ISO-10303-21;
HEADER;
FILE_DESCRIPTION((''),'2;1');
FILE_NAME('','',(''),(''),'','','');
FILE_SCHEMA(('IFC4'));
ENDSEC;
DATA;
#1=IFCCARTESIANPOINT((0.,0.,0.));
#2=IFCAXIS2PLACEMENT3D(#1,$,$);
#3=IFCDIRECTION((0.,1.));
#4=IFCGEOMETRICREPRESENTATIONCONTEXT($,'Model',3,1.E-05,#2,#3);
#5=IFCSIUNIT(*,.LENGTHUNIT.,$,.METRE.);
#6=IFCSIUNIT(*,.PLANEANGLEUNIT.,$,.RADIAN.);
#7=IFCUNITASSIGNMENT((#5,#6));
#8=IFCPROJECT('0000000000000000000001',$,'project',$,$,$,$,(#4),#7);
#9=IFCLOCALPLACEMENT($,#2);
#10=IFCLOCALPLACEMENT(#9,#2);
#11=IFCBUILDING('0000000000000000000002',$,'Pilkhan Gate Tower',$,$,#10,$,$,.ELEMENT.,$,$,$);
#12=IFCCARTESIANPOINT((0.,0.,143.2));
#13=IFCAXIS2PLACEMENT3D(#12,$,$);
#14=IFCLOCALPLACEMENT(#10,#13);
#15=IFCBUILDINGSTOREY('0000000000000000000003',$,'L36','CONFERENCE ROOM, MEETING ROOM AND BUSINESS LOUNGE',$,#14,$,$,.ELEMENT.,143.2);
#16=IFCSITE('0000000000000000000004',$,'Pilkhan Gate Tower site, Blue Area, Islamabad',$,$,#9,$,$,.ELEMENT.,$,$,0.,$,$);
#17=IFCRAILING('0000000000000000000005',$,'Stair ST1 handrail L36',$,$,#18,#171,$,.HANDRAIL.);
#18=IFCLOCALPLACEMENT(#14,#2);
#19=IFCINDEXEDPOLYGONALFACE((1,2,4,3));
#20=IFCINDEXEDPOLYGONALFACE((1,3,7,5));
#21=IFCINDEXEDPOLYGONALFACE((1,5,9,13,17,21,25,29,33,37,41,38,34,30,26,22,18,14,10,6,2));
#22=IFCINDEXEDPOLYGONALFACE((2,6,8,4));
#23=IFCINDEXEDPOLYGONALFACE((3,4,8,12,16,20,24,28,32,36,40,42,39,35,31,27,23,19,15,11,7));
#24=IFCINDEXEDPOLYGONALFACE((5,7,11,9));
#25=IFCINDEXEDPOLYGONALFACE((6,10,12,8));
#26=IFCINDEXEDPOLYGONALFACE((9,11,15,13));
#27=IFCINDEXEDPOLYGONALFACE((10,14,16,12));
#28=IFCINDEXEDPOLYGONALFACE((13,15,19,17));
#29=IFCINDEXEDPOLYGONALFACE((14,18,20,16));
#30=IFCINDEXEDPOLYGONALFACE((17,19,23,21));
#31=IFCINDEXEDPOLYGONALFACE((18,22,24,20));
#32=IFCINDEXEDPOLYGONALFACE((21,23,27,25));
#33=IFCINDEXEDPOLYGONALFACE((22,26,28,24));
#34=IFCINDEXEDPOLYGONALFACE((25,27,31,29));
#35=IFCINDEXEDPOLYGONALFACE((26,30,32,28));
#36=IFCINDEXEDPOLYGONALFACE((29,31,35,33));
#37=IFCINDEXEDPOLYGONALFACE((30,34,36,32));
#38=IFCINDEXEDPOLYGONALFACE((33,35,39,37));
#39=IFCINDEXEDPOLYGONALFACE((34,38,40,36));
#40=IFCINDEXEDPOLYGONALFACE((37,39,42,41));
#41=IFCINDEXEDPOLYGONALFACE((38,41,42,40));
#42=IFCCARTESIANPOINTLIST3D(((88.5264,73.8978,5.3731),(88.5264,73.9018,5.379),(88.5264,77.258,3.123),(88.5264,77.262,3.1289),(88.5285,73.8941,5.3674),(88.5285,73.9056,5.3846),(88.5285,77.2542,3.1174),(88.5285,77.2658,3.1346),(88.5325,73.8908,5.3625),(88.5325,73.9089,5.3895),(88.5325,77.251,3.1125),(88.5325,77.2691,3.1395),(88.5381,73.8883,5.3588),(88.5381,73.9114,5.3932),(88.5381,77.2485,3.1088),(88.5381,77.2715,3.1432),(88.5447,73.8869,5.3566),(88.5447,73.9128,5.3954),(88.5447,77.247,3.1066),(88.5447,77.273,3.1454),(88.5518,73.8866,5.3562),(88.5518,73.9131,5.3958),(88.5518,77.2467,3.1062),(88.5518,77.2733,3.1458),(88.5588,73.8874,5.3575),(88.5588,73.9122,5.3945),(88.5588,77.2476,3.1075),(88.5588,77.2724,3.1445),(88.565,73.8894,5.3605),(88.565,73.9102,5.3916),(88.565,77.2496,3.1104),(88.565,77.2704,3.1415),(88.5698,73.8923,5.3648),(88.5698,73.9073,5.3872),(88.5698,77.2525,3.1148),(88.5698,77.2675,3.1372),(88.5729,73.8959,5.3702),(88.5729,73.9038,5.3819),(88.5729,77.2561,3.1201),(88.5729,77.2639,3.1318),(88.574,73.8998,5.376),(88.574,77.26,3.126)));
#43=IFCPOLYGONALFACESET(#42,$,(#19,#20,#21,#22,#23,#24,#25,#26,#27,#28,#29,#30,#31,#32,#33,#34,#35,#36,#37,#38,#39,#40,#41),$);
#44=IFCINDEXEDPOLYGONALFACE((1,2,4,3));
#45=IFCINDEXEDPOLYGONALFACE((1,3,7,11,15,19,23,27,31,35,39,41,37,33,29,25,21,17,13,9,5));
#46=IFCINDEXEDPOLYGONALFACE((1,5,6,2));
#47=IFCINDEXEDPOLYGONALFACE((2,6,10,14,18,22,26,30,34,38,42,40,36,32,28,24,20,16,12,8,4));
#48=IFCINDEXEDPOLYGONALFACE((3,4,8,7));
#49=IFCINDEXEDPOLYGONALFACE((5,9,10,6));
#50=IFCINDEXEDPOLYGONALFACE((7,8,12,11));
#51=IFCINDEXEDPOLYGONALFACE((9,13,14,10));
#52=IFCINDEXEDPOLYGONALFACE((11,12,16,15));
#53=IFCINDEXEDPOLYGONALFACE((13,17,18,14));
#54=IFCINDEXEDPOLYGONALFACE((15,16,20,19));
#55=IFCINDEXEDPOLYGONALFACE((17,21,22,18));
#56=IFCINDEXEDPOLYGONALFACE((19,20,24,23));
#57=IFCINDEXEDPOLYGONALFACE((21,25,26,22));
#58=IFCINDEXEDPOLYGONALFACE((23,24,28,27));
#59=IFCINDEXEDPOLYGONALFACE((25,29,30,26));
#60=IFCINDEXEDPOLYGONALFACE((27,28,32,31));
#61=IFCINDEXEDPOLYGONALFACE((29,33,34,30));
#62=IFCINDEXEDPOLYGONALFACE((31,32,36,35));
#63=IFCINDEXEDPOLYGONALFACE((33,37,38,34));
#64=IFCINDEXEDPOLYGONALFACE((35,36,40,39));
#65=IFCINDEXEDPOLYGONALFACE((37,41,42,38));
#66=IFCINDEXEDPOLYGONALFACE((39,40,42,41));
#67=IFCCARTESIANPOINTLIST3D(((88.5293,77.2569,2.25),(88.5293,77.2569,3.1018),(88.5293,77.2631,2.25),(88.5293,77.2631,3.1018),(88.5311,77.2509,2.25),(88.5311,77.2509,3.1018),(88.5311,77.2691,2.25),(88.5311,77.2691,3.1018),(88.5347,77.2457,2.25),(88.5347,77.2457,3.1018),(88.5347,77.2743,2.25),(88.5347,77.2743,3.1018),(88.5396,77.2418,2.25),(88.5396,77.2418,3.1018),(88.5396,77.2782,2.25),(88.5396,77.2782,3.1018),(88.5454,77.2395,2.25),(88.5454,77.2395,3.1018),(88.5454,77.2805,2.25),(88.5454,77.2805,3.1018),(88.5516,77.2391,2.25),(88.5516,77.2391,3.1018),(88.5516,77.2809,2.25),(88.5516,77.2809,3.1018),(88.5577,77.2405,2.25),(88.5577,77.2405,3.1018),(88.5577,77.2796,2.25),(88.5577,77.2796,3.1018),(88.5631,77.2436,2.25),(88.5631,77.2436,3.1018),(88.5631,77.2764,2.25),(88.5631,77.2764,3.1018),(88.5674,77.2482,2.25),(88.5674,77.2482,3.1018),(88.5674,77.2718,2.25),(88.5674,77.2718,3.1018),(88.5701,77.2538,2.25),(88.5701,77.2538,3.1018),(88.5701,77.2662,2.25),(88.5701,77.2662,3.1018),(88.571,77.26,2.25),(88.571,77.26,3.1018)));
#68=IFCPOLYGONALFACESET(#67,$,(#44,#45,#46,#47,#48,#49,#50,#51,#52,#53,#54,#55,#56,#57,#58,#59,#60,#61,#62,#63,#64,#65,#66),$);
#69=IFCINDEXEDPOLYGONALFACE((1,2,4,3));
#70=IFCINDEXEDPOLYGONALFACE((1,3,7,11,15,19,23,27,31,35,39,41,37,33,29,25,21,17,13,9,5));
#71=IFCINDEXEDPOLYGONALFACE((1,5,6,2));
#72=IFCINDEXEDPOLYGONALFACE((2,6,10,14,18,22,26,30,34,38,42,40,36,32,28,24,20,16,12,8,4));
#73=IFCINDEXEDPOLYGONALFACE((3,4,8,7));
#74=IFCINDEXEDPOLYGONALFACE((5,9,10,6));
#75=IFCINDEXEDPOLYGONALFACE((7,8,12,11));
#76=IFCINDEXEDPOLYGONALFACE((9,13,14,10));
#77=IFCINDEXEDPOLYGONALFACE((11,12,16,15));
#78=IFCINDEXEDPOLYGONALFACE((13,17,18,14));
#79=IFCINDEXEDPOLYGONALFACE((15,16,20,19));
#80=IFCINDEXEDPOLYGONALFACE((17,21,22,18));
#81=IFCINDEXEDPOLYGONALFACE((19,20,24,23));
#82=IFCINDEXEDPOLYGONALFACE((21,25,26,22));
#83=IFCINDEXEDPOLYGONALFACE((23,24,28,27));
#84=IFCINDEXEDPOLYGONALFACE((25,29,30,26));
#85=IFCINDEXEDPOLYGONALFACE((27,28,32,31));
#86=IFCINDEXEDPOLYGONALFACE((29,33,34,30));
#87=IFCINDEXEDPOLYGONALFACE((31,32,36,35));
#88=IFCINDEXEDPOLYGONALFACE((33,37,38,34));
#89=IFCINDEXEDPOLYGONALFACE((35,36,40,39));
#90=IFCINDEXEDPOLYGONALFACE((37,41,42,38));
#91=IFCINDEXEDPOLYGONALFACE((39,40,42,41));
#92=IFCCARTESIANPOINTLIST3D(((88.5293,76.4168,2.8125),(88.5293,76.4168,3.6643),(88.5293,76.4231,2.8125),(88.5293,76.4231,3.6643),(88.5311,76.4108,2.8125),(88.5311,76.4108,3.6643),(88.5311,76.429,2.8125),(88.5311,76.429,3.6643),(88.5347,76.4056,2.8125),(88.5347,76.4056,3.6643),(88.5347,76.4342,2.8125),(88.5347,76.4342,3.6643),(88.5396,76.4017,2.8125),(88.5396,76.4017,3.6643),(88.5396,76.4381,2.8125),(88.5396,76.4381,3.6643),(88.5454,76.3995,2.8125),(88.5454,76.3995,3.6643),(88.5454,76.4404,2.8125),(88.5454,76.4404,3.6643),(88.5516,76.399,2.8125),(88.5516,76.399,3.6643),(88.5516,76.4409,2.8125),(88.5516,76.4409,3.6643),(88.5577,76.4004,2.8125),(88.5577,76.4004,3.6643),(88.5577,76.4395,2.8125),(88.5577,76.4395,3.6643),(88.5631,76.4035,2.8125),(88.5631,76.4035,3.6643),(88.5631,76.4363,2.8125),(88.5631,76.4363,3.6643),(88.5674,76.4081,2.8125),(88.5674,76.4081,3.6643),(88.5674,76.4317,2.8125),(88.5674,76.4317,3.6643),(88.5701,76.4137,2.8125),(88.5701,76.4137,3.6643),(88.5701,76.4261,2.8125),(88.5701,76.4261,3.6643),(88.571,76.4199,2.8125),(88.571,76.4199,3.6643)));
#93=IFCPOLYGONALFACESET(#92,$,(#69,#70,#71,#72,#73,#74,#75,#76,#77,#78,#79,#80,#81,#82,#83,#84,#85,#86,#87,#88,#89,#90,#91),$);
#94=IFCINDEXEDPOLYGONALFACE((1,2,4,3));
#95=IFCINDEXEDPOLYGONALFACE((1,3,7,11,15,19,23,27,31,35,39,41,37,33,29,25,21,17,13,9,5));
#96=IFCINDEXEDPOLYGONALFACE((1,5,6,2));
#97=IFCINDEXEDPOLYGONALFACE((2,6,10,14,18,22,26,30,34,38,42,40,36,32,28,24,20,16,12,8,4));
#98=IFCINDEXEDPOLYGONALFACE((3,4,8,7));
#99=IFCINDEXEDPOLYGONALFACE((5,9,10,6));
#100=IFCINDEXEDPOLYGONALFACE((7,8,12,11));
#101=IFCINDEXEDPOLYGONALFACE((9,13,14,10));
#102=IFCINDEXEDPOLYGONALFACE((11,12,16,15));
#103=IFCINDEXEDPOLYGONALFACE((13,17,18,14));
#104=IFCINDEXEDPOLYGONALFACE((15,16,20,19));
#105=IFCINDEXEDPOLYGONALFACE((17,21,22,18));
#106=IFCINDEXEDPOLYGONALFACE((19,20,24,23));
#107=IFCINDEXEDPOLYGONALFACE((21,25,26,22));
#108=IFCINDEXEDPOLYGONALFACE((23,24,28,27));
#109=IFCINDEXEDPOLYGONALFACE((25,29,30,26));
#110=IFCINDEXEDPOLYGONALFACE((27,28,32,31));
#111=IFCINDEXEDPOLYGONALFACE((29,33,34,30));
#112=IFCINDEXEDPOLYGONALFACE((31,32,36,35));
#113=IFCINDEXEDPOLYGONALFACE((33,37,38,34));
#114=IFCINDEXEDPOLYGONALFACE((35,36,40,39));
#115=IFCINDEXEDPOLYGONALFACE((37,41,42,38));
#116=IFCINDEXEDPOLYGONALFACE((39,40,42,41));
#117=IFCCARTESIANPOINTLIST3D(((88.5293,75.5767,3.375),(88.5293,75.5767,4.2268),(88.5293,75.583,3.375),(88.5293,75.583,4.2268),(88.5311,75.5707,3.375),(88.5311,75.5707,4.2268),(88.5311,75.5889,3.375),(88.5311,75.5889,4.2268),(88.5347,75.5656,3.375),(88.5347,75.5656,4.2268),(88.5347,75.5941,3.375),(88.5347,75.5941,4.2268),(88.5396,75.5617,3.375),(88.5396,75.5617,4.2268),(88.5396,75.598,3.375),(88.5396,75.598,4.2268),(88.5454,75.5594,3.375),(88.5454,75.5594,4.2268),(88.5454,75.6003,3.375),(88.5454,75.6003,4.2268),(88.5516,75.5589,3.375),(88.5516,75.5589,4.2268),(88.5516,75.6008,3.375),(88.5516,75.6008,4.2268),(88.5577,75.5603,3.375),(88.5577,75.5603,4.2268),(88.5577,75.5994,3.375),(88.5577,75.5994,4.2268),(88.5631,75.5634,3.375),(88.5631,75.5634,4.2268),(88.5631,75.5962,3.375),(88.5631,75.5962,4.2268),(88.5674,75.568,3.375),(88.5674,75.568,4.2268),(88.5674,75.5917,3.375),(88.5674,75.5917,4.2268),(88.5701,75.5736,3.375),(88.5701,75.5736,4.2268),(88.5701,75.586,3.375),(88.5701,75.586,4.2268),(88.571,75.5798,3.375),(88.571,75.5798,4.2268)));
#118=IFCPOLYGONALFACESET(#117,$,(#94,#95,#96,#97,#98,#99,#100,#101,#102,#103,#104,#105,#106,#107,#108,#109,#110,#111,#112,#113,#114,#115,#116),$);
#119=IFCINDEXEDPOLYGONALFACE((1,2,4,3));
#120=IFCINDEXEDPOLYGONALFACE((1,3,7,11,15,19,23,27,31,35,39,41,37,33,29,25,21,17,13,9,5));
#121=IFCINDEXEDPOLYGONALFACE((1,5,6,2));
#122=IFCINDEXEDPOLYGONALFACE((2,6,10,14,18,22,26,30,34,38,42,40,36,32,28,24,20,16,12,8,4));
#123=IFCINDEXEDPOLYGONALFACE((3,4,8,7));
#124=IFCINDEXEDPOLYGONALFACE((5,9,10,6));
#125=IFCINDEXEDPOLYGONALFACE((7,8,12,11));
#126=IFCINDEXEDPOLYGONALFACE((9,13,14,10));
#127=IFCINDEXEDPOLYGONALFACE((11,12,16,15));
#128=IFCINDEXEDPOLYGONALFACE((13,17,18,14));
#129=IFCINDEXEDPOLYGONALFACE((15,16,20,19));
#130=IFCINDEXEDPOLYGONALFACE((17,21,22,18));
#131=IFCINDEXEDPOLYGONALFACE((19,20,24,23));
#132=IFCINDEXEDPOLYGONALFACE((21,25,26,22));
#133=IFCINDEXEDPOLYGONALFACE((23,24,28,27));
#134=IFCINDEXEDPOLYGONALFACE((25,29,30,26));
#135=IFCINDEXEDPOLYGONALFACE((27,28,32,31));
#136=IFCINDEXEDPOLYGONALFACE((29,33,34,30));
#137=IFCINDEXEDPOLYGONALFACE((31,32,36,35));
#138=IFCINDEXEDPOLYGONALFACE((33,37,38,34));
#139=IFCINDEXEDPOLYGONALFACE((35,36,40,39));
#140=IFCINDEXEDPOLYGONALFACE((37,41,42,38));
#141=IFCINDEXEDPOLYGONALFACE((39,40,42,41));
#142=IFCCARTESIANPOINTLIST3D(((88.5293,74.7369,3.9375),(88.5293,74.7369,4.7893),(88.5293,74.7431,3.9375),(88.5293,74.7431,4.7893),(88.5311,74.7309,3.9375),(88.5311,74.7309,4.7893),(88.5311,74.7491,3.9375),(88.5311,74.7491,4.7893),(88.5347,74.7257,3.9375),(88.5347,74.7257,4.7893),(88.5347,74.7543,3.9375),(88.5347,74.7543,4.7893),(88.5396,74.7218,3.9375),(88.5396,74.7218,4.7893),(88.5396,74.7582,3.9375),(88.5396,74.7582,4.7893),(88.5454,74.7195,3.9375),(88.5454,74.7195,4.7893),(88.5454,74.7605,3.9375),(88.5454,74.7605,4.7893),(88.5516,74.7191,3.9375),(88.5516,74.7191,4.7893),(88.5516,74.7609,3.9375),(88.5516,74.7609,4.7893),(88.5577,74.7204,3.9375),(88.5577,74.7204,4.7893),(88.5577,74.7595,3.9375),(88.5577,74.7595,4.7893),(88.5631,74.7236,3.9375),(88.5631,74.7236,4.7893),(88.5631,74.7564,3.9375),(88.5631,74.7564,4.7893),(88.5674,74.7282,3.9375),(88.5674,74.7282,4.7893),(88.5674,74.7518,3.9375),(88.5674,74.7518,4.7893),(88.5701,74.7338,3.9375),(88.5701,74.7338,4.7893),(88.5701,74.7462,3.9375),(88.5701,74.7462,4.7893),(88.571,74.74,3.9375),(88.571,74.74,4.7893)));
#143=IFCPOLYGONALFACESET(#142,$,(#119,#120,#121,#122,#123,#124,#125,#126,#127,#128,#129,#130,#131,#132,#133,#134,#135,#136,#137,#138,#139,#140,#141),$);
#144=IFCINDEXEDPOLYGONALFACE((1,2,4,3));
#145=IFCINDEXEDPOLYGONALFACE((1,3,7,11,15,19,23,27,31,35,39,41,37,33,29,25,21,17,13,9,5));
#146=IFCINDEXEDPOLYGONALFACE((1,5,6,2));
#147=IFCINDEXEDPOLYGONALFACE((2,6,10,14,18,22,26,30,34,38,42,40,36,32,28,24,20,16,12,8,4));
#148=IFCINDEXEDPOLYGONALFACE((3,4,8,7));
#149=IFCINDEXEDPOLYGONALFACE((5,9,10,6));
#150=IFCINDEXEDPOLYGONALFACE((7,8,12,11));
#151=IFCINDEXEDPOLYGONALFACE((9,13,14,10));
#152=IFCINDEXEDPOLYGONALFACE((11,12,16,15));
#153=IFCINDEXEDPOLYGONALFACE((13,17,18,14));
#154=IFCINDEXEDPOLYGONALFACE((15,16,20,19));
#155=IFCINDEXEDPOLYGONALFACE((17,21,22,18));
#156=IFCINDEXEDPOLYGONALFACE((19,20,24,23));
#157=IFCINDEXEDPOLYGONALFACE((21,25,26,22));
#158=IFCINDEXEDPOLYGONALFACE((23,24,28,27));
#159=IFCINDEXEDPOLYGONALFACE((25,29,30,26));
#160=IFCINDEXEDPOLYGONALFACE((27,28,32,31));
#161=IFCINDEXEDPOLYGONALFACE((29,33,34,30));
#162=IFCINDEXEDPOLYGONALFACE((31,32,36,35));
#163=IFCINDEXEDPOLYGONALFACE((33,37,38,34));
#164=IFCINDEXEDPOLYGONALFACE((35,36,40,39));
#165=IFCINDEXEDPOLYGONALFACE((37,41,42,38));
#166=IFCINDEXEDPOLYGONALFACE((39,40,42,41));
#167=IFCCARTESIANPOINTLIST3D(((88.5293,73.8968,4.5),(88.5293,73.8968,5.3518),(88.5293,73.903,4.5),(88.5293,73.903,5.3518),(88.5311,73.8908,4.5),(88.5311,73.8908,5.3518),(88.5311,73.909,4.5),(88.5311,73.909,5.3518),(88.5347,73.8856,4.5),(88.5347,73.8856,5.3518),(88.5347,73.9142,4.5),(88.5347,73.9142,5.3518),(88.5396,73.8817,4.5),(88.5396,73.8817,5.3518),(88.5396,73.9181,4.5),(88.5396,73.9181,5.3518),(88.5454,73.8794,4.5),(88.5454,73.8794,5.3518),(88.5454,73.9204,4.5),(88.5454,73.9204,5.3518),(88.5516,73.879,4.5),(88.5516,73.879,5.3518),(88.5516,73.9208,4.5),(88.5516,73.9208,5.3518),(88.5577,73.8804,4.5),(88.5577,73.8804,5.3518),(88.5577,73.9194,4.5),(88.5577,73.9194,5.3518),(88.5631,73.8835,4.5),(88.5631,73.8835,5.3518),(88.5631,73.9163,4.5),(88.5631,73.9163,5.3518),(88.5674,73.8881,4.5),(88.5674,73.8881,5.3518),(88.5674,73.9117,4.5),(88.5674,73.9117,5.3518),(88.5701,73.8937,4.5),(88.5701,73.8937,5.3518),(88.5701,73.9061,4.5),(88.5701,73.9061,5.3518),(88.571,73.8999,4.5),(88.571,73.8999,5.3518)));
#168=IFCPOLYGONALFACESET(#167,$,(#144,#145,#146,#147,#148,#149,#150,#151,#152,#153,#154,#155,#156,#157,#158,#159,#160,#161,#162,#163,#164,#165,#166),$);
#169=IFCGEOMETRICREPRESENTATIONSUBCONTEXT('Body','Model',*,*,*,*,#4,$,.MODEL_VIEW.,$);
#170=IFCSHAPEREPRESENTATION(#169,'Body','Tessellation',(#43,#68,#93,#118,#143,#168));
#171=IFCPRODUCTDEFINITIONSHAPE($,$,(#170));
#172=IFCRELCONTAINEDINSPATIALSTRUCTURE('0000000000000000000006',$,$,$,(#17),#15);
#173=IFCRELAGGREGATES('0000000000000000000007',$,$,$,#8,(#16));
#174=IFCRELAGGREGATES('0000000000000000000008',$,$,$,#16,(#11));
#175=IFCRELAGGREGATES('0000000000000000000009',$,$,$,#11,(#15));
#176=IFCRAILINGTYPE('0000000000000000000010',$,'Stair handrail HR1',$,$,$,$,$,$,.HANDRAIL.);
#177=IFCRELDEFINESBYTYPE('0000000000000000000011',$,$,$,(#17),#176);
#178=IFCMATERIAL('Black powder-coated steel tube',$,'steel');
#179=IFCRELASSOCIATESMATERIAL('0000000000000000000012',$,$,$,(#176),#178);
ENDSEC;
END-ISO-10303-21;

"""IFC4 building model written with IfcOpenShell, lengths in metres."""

from ifc_helpers import new_model, si_unit, direction, frame, origin, origin_2d, place, context, subcontext, project, spatial, circle, extrude, material, type_object, element, save


model = new_model("IFC4")

# Units and contexts
model_context = context("Model", 3, precision=1e-05, world=origin(), true_north=direction((0.0, 1.0)))
body_context = subcontext(model_context, "Body", "Model", "MODEL_VIEW")
ifc_project = project(units=[si_unit("LENGTHUNIT", "METRE"), si_unit("PLANEANGLEUNIT", "RADIAN")], contexts=[model_context])

# Site, building, storey
site_placement = place(None, origin())
site = spatial("IfcSite", under=ifc_project, at=site_placement, Name="Pilkhan Gate Tower site, Blue Area, Islamabad", CompositionType="ELEMENT", RefElevation=0.0)
building_placement = place(site_placement, origin())
building = spatial("IfcBuilding", under=site, at=building_placement, Name="Pilkhan Gate Tower", CompositionType="ELEMENT")
storey_placement = place(building_placement, frame((0.0, 0.0, 143.2)))
storey = spatial("IfcBuildingStorey", under=building, at=storey_placement, Name="L36", Description="CONFERENCE ROOM, MEETING ROOM AND BUSINESS LOUNGE", CompositionType="ELEMENT", Elevation=143.2)

# Railing
ifc_material_1 = material(Name="Black powder-coated steel tube", Category="steel")
railing_type_1 = type_object("IfcRailingType", Name="Stair handrail HR1", PredefinedType="HANDRAIL", material=ifc_material_1)
railing_1_placement = place(storey_placement, frame((88.55, 77.26, 2.25)))
element("IfcRailing", 1, at=railing_1_placement, inside=storey, type_object=railing_type_1, Name="Stair ST1 handrail L36", PredefinedType="HANDRAIL", context=body_context, shape_type="SweptSolid", body=[
    extrude(circle(Radius=0.0239, at=origin_2d()), frame((0.0, 0.0, 0.876), z_axis=(0.0, -0.830915, 0.556399), x_axis=(1.0, 0.0, 0.0)), (0.0, 0.0, 1.0), 4.0439),
    extrude(circle(Radius=0.021, at=origin_2d()), origin(), (0.0, 0.0, 1.0), 0.8518),
    extrude(circle(Radius=0.021, at=origin_2d()), frame((0.0, -0.8401, 0.5625)), (0.0, 0.0, 1.0), 0.8518),
    extrude(circle(Radius=0.021, at=origin_2d()), frame((0.0, -1.6802, 1.125)), (0.0, 0.0, 1.0), 0.8518),
    extrude(circle(Radius=0.021, at=origin_2d()), frame((0.0, -2.52, 1.6875)), (0.0, 0.0, 1.0), 0.8518),
    extrude(circle(Radius=0.021, at=origin_2d()), frame((0.0, -3.3601, 2.25)), (0.0, 0.0, 1.0), 0.8518),
])

save(model, "model.ifc")
